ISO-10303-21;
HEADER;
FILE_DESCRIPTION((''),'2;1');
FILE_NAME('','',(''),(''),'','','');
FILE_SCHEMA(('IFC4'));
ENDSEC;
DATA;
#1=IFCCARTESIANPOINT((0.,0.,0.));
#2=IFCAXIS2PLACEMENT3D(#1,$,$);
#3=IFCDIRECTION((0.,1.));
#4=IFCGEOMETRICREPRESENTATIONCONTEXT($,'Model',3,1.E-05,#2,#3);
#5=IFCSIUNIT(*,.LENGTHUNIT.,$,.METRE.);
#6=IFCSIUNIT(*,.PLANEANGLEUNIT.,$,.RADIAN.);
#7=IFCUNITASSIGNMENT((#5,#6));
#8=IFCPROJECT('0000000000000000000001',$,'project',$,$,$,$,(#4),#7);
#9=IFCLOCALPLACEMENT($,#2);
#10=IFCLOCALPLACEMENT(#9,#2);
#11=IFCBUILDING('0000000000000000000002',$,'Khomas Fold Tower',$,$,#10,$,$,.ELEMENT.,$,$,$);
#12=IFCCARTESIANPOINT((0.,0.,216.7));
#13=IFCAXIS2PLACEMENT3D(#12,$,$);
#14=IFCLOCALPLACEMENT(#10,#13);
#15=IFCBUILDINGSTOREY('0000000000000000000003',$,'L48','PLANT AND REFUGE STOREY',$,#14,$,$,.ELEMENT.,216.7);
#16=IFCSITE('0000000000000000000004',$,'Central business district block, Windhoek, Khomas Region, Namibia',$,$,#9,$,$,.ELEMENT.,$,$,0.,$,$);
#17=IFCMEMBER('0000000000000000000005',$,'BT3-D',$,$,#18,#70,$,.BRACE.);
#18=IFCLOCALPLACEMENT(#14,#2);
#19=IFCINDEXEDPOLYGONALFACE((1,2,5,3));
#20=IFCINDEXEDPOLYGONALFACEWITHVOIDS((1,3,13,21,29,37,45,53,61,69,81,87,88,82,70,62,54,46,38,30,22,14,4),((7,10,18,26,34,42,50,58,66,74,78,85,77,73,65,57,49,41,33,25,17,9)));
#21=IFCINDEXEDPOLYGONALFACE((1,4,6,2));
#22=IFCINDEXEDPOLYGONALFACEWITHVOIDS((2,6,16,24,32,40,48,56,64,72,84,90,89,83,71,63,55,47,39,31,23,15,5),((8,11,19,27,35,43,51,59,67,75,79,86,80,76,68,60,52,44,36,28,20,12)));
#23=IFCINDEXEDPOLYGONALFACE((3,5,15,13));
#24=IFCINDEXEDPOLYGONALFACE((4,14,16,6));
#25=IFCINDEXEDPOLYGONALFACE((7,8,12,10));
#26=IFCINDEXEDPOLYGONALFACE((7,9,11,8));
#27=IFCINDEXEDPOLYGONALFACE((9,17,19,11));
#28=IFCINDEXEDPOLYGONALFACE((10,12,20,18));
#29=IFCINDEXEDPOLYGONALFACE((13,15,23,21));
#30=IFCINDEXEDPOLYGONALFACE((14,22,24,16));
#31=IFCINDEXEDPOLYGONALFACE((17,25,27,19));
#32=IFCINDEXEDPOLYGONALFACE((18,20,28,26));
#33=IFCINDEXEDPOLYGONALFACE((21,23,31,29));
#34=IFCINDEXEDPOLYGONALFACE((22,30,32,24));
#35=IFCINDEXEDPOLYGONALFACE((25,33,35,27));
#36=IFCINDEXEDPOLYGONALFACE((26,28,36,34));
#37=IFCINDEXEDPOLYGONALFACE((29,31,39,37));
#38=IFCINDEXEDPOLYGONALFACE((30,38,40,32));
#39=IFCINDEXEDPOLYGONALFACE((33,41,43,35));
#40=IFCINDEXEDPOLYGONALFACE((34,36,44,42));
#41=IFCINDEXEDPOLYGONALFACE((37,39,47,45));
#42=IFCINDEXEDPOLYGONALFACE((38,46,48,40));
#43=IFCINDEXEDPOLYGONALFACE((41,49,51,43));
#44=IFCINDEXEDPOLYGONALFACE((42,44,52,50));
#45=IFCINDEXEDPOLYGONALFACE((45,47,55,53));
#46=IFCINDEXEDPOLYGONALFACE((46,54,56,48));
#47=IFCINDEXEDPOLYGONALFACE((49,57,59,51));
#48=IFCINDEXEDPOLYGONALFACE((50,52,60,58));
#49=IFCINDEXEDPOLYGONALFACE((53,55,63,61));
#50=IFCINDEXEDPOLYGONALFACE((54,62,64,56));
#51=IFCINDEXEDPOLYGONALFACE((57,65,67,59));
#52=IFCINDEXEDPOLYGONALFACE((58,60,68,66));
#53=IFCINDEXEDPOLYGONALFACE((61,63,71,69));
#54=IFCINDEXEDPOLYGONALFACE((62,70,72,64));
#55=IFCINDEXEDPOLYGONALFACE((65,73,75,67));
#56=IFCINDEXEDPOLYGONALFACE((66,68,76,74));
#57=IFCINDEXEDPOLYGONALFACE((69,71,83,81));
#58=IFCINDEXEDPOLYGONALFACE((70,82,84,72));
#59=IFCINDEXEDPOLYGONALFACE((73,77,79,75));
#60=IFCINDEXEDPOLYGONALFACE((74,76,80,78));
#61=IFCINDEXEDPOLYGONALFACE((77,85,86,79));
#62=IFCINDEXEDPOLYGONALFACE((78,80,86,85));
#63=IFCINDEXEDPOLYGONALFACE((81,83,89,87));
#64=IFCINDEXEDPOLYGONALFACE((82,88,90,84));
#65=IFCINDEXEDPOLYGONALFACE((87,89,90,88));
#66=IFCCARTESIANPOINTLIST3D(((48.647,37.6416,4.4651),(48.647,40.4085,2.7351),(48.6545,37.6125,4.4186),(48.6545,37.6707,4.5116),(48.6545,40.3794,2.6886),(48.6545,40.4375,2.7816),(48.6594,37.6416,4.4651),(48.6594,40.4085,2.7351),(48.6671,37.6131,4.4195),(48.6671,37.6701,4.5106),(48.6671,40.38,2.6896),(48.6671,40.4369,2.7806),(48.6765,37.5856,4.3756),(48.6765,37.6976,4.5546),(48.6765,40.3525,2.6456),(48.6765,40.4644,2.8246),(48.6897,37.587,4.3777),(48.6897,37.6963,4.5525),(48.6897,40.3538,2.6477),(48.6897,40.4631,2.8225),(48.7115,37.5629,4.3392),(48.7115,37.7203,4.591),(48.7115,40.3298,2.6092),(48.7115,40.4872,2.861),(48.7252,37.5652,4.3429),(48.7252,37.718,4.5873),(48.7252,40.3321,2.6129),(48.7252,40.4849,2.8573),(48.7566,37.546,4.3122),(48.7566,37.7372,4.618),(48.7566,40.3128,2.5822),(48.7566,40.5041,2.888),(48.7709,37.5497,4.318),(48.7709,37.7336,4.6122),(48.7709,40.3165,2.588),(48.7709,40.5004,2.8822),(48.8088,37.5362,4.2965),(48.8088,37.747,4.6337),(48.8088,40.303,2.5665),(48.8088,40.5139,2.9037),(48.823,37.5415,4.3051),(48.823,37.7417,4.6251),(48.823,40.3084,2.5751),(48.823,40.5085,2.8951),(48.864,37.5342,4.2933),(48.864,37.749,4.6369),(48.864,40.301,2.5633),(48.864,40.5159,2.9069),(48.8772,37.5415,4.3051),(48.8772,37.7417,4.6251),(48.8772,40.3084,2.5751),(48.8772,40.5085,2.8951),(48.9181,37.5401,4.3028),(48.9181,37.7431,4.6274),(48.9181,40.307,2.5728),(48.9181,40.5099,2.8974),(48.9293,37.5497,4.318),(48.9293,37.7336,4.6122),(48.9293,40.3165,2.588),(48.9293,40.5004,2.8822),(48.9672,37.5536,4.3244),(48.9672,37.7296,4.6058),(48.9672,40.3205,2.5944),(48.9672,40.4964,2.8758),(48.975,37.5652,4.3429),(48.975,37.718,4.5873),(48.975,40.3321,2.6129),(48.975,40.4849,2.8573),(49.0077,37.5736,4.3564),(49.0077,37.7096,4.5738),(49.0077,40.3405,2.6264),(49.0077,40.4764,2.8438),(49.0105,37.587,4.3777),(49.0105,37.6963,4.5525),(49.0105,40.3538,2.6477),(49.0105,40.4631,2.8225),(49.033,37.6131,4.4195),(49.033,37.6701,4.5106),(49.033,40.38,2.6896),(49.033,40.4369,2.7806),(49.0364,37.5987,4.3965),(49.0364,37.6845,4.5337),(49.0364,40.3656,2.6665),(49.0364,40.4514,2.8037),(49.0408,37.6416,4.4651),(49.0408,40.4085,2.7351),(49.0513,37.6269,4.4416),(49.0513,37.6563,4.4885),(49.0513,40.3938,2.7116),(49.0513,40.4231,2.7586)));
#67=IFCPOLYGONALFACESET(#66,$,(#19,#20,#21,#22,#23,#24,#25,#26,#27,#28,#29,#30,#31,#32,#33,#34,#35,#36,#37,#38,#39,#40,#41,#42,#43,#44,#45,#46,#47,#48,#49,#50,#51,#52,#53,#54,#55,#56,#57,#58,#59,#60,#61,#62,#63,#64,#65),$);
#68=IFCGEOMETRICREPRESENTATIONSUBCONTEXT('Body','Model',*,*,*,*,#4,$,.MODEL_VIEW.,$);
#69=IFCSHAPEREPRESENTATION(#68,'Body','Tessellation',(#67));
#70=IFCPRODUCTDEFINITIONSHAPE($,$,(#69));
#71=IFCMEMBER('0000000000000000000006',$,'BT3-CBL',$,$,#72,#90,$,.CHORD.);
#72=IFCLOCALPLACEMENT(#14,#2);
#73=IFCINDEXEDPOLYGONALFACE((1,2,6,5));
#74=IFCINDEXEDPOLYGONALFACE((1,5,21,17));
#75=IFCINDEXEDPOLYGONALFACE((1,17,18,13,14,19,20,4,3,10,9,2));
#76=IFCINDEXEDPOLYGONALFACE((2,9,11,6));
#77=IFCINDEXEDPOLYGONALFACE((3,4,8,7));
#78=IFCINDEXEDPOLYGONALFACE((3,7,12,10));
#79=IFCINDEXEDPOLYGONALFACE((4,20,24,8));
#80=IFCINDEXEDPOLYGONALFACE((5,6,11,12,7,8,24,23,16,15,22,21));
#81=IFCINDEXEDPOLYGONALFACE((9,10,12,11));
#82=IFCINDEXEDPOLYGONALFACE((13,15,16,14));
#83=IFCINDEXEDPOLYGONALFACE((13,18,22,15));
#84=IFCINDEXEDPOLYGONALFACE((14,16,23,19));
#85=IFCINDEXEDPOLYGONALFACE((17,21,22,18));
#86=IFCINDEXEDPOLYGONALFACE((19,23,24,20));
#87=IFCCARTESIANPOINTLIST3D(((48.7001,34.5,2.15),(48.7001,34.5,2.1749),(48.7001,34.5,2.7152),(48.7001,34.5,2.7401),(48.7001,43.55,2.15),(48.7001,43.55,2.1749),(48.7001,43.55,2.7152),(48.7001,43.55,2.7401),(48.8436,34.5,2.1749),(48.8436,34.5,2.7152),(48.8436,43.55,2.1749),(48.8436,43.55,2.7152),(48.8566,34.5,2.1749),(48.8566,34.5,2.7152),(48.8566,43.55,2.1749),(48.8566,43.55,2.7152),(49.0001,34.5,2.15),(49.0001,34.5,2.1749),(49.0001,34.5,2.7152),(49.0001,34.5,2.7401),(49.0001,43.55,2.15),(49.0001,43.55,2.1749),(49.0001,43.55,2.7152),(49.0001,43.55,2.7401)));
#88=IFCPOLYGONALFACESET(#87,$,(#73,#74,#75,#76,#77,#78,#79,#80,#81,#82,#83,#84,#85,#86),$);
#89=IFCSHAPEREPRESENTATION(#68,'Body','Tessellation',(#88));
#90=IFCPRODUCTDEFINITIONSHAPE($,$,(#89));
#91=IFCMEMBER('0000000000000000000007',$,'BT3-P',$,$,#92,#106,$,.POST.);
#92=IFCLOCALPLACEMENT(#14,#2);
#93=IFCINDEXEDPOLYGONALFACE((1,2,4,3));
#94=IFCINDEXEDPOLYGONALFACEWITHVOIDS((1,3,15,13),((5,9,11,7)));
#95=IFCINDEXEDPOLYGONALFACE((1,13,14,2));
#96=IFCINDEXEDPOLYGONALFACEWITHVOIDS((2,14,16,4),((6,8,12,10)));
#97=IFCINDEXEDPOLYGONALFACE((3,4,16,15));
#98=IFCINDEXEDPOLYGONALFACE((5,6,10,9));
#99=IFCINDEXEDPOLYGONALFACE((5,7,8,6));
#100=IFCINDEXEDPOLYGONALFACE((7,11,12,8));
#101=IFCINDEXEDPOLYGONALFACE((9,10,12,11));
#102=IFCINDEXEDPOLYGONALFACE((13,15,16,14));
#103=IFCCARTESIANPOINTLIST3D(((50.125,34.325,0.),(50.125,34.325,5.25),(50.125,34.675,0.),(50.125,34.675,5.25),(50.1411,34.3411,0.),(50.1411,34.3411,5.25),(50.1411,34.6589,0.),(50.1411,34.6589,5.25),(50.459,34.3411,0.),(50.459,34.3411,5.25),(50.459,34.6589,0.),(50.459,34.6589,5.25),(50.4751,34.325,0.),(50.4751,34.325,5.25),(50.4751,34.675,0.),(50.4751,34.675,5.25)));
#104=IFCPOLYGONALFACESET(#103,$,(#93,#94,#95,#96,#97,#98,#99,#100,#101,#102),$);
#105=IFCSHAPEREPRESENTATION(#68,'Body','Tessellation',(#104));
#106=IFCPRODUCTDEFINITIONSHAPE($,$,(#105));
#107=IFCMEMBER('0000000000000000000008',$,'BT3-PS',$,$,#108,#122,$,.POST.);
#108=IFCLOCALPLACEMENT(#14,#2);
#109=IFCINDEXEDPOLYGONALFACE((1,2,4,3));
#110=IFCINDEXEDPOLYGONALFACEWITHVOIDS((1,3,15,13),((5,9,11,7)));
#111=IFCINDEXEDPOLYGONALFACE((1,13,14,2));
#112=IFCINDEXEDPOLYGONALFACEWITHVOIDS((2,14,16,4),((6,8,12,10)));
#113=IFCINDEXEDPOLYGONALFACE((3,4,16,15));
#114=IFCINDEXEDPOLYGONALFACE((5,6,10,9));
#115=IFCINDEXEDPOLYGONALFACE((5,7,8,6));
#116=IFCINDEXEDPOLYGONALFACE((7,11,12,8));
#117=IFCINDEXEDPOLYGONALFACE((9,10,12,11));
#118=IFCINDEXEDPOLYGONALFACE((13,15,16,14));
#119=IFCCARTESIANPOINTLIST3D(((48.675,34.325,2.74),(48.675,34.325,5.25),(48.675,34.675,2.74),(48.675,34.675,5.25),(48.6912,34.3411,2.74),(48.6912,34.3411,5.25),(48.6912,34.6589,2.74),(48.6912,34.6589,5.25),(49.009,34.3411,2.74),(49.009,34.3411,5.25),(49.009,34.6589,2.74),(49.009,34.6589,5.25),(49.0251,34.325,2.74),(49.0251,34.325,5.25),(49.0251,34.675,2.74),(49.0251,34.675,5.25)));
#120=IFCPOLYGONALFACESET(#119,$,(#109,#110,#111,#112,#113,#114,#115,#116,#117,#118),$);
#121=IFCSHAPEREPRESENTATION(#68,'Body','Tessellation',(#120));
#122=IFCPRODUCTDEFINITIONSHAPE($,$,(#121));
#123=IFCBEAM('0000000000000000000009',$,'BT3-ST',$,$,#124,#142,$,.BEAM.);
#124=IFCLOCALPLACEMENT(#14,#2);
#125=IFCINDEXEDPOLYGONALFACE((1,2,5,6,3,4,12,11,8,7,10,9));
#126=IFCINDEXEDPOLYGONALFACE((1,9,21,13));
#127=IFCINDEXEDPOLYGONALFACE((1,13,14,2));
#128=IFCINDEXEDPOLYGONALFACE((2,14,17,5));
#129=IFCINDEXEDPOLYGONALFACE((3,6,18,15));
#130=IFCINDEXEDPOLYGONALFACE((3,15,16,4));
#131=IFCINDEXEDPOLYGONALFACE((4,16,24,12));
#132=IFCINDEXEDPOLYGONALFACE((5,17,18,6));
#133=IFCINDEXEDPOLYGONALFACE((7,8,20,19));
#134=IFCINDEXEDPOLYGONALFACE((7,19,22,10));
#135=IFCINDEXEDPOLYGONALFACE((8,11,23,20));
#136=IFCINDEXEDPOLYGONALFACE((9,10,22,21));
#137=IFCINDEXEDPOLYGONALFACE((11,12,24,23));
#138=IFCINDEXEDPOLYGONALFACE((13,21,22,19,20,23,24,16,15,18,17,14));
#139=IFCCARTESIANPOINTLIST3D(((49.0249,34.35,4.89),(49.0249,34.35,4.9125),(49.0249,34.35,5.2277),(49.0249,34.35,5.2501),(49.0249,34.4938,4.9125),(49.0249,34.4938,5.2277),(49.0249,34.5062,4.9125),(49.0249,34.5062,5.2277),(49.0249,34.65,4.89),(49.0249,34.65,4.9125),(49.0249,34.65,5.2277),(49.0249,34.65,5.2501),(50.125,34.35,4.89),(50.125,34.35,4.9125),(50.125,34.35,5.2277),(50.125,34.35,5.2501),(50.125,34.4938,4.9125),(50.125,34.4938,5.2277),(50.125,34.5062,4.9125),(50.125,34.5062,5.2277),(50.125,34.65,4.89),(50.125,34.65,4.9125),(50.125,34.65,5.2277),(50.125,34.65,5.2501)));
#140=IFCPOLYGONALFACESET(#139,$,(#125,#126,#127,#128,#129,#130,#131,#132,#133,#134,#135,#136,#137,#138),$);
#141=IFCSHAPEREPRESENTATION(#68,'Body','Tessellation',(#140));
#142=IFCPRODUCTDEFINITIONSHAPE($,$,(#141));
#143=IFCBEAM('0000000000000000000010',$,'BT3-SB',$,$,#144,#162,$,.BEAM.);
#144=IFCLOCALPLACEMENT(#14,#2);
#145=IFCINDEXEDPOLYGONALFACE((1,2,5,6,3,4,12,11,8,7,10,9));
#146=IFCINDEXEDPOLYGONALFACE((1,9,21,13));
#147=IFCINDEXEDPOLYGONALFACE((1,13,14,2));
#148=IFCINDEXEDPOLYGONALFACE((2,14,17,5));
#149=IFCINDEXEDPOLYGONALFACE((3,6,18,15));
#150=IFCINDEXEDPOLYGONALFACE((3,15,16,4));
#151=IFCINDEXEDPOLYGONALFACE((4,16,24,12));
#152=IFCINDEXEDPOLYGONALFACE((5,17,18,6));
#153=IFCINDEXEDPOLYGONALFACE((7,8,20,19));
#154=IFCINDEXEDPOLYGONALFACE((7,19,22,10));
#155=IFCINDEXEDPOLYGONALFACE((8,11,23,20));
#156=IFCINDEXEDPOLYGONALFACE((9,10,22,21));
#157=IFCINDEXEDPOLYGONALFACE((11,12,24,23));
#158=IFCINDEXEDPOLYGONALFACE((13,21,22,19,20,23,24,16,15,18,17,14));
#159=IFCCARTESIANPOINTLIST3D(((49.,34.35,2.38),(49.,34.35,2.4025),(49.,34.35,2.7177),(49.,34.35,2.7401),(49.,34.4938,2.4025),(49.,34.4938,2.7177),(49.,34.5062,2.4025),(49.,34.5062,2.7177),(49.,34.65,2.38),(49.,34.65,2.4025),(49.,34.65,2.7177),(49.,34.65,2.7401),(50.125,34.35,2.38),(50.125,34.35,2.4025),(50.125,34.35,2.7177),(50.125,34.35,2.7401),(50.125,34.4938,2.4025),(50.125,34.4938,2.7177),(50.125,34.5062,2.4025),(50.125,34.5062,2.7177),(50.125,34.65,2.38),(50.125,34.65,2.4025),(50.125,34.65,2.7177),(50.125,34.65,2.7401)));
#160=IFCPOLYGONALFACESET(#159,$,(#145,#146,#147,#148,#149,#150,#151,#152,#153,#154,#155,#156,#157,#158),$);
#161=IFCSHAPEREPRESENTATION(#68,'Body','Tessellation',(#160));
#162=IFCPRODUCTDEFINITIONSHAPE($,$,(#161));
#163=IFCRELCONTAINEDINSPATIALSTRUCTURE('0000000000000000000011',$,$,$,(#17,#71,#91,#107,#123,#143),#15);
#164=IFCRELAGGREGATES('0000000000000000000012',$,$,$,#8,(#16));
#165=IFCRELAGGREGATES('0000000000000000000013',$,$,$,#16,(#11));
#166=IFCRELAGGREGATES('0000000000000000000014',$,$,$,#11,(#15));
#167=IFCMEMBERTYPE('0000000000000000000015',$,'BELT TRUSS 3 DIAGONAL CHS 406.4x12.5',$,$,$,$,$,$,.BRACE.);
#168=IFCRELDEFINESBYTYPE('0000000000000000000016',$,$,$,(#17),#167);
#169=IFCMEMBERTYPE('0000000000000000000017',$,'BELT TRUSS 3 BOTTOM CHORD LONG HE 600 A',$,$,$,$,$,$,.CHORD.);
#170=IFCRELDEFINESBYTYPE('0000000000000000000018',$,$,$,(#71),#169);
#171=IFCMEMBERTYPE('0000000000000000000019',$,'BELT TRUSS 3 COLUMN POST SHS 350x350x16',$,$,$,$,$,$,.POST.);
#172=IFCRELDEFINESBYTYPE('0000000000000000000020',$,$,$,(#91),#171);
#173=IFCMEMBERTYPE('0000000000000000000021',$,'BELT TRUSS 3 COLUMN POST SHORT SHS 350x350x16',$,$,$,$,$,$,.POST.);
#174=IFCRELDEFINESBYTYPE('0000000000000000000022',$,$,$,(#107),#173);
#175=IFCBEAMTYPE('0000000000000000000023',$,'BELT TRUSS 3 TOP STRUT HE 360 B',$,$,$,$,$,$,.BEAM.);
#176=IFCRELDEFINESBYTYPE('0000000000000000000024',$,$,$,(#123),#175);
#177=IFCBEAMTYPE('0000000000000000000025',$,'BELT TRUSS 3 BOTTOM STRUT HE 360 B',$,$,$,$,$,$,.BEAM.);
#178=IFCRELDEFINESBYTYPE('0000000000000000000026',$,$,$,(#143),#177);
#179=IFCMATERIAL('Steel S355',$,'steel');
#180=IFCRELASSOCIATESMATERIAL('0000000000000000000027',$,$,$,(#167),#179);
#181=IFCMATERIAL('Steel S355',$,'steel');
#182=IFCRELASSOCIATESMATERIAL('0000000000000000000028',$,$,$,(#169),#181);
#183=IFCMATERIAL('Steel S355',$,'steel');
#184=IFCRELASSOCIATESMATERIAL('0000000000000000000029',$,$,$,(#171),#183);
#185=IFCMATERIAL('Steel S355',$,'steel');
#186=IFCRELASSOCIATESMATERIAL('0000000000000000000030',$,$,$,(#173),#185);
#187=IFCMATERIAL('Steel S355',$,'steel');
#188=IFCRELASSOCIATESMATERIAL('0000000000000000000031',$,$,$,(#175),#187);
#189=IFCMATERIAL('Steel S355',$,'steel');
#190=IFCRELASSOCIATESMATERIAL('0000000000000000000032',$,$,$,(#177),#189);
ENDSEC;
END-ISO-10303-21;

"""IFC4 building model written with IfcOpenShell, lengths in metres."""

from ifc_helpers import new_model, si_unit, direction, frame, origin, origin_2d, place, context, subcontext, project, spatial, hollow_rectangle, hollow_circle, i_section, extrude, source, transform, mapped, material, material_profile, profile_set, type_object, element, save


model = new_model("IFC4")

# Units and contexts
model_context = context("Model", 3, precision=1e-05, world=origin(), true_north=direction((0.0, 1.0)))
body_context = subcontext(model_context, "Body", "Model", "MODEL_VIEW")
ifc_project = project(units=[si_unit("LENGTHUNIT", "METRE"), si_unit("PLANEANGLEUNIT", "RADIAN")], contexts=[model_context])

# Site, building, storey
site_placement = place(None, origin())
site = spatial("IfcSite", under=ifc_project, at=site_placement, Name="Central business district block, Windhoek, Khomas Region, Namibia", CompositionType="ELEMENT", RefElevation=0.0)
building_placement = place(site_placement, origin())
building = spatial("IfcBuilding", under=site, at=building_placement, Name="Khomas Fold Tower", CompositionType="ELEMENT")
storey_placement = place(building_placement, frame((0.0, 0.0, 216.7)))
storey = spatial("IfcBuildingStorey", under=building, at=storey_placement, Name="L48", Description="PLANT AND REFUGE STOREY", CompositionType="ELEMENT", Elevation=216.7)

# Members
ifc_material_1 = material(Name="Steel S355", Category="steel")
ifc_material_profile_1 = material_profile(ifc_material_1, hollow_circle(Radius=0.2031, WallThickness=0.0125, at=origin_2d()), Name="CHS 406.4x12.5")
ifc_profile_set_1 = profile_set([ifc_material_profile_1], Name="Steel S355")
member_type_1 = type_object("IfcMemberType", Name="BELT TRUSS 3 DIAGONAL CHS 406.4x12.5", PredefinedType="BRACE", material=ifc_profile_set_1)
shared_shape_1 = source(origin(), body_context, "Body", "SweptSolid", [
    extrude(hollow_circle(Radius=0.2031, WallThickness=0.0125, at=origin_2d()), origin(), (0.0, 0.0, 1.0), 3.2632),
])
member_1_placement = place(storey_placement, frame((48.8501, 37.6416, 4.4651), z_axis=(0.0, 0.847902, -0.530154), x_axis=(-1.0, 0.0, 0.0)))
element("IfcMember", 1, at=member_1_placement, inside=storey, type_object=member_type_1, Name="BT3-D", PredefinedType="BRACE", context=body_context, shape_type="MappedRepresentation", body=[
    mapped(shared_shape_1, transform((0.0, 0.0, 0.0))),
])
ifc_material_2 = material(Name="Steel S355", Category="steel")
ifc_material_profile_2 = material_profile(ifc_material_2, i_section(OverallWidth=0.3, OverallDepth=0.5901, WebThickness=0.0129, FlangeThickness=0.0249, at=origin_2d()), Name="HE 600 A")
ifc_profile_set_2 = profile_set([ifc_material_profile_2], Name="Steel S355")
member_type_2 = type_object("IfcMemberType", Name="BELT TRUSS 3 BOTTOM CHORD LONG HE 600 A", PredefinedType="CHORD", material=ifc_profile_set_2)
shared_shape_2 = source(origin(), body_context, "Body", "SweptSolid", [
    extrude(i_section(OverallWidth=0.3, OverallDepth=0.5901, WebThickness=0.0129, FlangeThickness=0.0249, at=origin_2d()), origin(), (0.0, 0.0, 1.0), 9.05),
])
member_2_placement = place(storey_placement, frame((48.8501, 34.5, 2.4451), z_axis=(0.0, 1.0, 0.0), x_axis=(-1.0, 0.0, 0.0)))
element("IfcMember", 2, at=member_2_placement, inside=storey, type_object=member_type_2, Name="BT3-CBL", PredefinedType="CHORD", context=body_context, shape_type="MappedRepresentation", body=[
    mapped(shared_shape_2, transform((0.0, 0.0, 0.0))),
])
ifc_material_3 = material(Name="Steel S355", Category="steel")
ifc_material_profile_3 = material_profile(ifc_material_3, hollow_rectangle(XDim=0.3501, YDim=0.3501, WallThickness=0.0161, at=origin_2d()), Name="SHS 350x350x16")
ifc_profile_set_3 = profile_set([ifc_material_profile_3], Name="Steel S355")
member_type_3 = type_object("IfcMemberType", Name="BELT TRUSS 3 COLUMN POST SHS 350x350x16", PredefinedType="POST", material=ifc_profile_set_3)
shared_shape_3 = source(origin(), body_context, "Body", "SweptSolid", [
    extrude(hollow_rectangle(XDim=0.3501, YDim=0.3501, WallThickness=0.0161, at=origin_2d()), origin(), (0.0, 0.0, 1.0), 5.25),
])
member_3_placement = place(storey_placement, frame((50.3, 34.5, 0.0), z_axis=(0.0, 0.0, 1.0), x_axis=(1.0, 0.0, 0.0)))
element("IfcMember", 3, at=member_3_placement, inside=storey, type_object=member_type_3, Name="BT3-P", PredefinedType="POST", context=body_context, shape_type="MappedRepresentation", body=[
    mapped(shared_shape_3, transform((0.0, 0.0, 0.0))),
])
ifc_material_4 = material(Name="Steel S355", Category="steel")
ifc_material_profile_4 = material_profile(ifc_material_4, hollow_rectangle(XDim=0.3501, YDim=0.3501, WallThickness=0.0161, at=origin_2d()), Name="SHS 350x350x16")
ifc_profile_set_4 = profile_set([ifc_material_profile_4], Name="Steel S355")
member_type_4 = type_object("IfcMemberType", Name="BELT TRUSS 3 COLUMN POST SHORT SHS 350x350x16", PredefinedType="POST", material=ifc_profile_set_4)
shared_shape_4 = source(origin(), body_context, "Body", "SweptSolid", [
    extrude(hollow_rectangle(XDim=0.3501, YDim=0.3501, WallThickness=0.0161, at=origin_2d()), origin(), (0.0, 0.0, 1.0), 2.51),
])
member_4_placement = place(storey_placement, frame((48.8501, 34.5, 2.74), z_axis=(0.0, 0.0, 1.0), x_axis=(1.0, 0.0, 0.0)))
element("IfcMember", 4, at=member_4_placement, inside=storey, type_object=member_type_4, Name="BT3-PS", PredefinedType="POST", context=body_context, shape_type="MappedRepresentation", body=[
    mapped(shared_shape_4, transform((0.0, 0.0, 0.0))),
])

# Beams
ifc_material_5 = material(Name="Steel S355", Category="steel")
ifc_material_profile_5 = material_profile(ifc_material_5, i_section(OverallWidth=0.3, OverallDepth=0.3601, WebThickness=0.0125, FlangeThickness=0.0225, at=origin_2d()), Name="HE 360 B")
ifc_profile_set_5 = profile_set([ifc_material_profile_5], Name="Steel S355")
beam_type_1 = type_object("IfcBeamType", Name="BELT TRUSS 3 TOP STRUT HE 360 B", PredefinedType="BEAM", material=ifc_profile_set_5)
shared_shape_5 = source(origin(), body_context, "Body", "SweptSolid", [
    extrude(i_section(OverallWidth=0.3, OverallDepth=0.3601, WebThickness=0.0125, FlangeThickness=0.0225, at=origin_2d()), origin(), (0.0, 0.0, 1.0), 1.1001),
])
beam_1_placement = place(storey_placement, frame((49.0249, 34.5, 5.0701), z_axis=(1.0, 0.0, 0.0), x_axis=(0.0, 1.0, 0.0)))
element("IfcBeam", 5, at=beam_1_placement, inside=storey, type_object=beam_type_1, Name="BT3-ST", PredefinedType="BEAM", context=body_context, shape_type="MappedRepresentation", body=[
    mapped(shared_shape_5, transform((0.0, 0.0, 0.0))),
])
ifc_material_6 = material(Name="Steel S355", Category="steel")
ifc_material_profile_6 = material_profile(ifc_material_6, i_section(OverallWidth=0.3, OverallDepth=0.3601, WebThickness=0.0125, FlangeThickness=0.0225, at=origin_2d()), Name="HE 360 B")
ifc_profile_set_6 = profile_set([ifc_material_profile_6], Name="Steel S355")
beam_type_2 = type_object("IfcBeamType", Name="BELT TRUSS 3 BOTTOM STRUT HE 360 B", PredefinedType="BEAM", material=ifc_profile_set_6)
shared_shape_6 = source(origin(), body_context, "Body", "SweptSolid", [
    extrude(i_section(OverallWidth=0.3, OverallDepth=0.3601, WebThickness=0.0125, FlangeThickness=0.0225, at=origin_2d()), origin(), (0.0, 0.0, 1.0), 1.125),
])
beam_2_placement = place(storey_placement, frame((49.0, 34.5, 2.5601), z_axis=(1.0, 0.0, 0.0), x_axis=(0.0, 1.0, 0.0)))
element("IfcBeam", 6, at=beam_2_placement, inside=storey, type_object=beam_type_2, Name="BT3-SB", PredefinedType="BEAM", context=body_context, shape_type="MappedRepresentation", body=[
    mapped(shared_shape_6, transform((0.0, 0.0, 0.0))),
])

save(model, "model.ifc")
